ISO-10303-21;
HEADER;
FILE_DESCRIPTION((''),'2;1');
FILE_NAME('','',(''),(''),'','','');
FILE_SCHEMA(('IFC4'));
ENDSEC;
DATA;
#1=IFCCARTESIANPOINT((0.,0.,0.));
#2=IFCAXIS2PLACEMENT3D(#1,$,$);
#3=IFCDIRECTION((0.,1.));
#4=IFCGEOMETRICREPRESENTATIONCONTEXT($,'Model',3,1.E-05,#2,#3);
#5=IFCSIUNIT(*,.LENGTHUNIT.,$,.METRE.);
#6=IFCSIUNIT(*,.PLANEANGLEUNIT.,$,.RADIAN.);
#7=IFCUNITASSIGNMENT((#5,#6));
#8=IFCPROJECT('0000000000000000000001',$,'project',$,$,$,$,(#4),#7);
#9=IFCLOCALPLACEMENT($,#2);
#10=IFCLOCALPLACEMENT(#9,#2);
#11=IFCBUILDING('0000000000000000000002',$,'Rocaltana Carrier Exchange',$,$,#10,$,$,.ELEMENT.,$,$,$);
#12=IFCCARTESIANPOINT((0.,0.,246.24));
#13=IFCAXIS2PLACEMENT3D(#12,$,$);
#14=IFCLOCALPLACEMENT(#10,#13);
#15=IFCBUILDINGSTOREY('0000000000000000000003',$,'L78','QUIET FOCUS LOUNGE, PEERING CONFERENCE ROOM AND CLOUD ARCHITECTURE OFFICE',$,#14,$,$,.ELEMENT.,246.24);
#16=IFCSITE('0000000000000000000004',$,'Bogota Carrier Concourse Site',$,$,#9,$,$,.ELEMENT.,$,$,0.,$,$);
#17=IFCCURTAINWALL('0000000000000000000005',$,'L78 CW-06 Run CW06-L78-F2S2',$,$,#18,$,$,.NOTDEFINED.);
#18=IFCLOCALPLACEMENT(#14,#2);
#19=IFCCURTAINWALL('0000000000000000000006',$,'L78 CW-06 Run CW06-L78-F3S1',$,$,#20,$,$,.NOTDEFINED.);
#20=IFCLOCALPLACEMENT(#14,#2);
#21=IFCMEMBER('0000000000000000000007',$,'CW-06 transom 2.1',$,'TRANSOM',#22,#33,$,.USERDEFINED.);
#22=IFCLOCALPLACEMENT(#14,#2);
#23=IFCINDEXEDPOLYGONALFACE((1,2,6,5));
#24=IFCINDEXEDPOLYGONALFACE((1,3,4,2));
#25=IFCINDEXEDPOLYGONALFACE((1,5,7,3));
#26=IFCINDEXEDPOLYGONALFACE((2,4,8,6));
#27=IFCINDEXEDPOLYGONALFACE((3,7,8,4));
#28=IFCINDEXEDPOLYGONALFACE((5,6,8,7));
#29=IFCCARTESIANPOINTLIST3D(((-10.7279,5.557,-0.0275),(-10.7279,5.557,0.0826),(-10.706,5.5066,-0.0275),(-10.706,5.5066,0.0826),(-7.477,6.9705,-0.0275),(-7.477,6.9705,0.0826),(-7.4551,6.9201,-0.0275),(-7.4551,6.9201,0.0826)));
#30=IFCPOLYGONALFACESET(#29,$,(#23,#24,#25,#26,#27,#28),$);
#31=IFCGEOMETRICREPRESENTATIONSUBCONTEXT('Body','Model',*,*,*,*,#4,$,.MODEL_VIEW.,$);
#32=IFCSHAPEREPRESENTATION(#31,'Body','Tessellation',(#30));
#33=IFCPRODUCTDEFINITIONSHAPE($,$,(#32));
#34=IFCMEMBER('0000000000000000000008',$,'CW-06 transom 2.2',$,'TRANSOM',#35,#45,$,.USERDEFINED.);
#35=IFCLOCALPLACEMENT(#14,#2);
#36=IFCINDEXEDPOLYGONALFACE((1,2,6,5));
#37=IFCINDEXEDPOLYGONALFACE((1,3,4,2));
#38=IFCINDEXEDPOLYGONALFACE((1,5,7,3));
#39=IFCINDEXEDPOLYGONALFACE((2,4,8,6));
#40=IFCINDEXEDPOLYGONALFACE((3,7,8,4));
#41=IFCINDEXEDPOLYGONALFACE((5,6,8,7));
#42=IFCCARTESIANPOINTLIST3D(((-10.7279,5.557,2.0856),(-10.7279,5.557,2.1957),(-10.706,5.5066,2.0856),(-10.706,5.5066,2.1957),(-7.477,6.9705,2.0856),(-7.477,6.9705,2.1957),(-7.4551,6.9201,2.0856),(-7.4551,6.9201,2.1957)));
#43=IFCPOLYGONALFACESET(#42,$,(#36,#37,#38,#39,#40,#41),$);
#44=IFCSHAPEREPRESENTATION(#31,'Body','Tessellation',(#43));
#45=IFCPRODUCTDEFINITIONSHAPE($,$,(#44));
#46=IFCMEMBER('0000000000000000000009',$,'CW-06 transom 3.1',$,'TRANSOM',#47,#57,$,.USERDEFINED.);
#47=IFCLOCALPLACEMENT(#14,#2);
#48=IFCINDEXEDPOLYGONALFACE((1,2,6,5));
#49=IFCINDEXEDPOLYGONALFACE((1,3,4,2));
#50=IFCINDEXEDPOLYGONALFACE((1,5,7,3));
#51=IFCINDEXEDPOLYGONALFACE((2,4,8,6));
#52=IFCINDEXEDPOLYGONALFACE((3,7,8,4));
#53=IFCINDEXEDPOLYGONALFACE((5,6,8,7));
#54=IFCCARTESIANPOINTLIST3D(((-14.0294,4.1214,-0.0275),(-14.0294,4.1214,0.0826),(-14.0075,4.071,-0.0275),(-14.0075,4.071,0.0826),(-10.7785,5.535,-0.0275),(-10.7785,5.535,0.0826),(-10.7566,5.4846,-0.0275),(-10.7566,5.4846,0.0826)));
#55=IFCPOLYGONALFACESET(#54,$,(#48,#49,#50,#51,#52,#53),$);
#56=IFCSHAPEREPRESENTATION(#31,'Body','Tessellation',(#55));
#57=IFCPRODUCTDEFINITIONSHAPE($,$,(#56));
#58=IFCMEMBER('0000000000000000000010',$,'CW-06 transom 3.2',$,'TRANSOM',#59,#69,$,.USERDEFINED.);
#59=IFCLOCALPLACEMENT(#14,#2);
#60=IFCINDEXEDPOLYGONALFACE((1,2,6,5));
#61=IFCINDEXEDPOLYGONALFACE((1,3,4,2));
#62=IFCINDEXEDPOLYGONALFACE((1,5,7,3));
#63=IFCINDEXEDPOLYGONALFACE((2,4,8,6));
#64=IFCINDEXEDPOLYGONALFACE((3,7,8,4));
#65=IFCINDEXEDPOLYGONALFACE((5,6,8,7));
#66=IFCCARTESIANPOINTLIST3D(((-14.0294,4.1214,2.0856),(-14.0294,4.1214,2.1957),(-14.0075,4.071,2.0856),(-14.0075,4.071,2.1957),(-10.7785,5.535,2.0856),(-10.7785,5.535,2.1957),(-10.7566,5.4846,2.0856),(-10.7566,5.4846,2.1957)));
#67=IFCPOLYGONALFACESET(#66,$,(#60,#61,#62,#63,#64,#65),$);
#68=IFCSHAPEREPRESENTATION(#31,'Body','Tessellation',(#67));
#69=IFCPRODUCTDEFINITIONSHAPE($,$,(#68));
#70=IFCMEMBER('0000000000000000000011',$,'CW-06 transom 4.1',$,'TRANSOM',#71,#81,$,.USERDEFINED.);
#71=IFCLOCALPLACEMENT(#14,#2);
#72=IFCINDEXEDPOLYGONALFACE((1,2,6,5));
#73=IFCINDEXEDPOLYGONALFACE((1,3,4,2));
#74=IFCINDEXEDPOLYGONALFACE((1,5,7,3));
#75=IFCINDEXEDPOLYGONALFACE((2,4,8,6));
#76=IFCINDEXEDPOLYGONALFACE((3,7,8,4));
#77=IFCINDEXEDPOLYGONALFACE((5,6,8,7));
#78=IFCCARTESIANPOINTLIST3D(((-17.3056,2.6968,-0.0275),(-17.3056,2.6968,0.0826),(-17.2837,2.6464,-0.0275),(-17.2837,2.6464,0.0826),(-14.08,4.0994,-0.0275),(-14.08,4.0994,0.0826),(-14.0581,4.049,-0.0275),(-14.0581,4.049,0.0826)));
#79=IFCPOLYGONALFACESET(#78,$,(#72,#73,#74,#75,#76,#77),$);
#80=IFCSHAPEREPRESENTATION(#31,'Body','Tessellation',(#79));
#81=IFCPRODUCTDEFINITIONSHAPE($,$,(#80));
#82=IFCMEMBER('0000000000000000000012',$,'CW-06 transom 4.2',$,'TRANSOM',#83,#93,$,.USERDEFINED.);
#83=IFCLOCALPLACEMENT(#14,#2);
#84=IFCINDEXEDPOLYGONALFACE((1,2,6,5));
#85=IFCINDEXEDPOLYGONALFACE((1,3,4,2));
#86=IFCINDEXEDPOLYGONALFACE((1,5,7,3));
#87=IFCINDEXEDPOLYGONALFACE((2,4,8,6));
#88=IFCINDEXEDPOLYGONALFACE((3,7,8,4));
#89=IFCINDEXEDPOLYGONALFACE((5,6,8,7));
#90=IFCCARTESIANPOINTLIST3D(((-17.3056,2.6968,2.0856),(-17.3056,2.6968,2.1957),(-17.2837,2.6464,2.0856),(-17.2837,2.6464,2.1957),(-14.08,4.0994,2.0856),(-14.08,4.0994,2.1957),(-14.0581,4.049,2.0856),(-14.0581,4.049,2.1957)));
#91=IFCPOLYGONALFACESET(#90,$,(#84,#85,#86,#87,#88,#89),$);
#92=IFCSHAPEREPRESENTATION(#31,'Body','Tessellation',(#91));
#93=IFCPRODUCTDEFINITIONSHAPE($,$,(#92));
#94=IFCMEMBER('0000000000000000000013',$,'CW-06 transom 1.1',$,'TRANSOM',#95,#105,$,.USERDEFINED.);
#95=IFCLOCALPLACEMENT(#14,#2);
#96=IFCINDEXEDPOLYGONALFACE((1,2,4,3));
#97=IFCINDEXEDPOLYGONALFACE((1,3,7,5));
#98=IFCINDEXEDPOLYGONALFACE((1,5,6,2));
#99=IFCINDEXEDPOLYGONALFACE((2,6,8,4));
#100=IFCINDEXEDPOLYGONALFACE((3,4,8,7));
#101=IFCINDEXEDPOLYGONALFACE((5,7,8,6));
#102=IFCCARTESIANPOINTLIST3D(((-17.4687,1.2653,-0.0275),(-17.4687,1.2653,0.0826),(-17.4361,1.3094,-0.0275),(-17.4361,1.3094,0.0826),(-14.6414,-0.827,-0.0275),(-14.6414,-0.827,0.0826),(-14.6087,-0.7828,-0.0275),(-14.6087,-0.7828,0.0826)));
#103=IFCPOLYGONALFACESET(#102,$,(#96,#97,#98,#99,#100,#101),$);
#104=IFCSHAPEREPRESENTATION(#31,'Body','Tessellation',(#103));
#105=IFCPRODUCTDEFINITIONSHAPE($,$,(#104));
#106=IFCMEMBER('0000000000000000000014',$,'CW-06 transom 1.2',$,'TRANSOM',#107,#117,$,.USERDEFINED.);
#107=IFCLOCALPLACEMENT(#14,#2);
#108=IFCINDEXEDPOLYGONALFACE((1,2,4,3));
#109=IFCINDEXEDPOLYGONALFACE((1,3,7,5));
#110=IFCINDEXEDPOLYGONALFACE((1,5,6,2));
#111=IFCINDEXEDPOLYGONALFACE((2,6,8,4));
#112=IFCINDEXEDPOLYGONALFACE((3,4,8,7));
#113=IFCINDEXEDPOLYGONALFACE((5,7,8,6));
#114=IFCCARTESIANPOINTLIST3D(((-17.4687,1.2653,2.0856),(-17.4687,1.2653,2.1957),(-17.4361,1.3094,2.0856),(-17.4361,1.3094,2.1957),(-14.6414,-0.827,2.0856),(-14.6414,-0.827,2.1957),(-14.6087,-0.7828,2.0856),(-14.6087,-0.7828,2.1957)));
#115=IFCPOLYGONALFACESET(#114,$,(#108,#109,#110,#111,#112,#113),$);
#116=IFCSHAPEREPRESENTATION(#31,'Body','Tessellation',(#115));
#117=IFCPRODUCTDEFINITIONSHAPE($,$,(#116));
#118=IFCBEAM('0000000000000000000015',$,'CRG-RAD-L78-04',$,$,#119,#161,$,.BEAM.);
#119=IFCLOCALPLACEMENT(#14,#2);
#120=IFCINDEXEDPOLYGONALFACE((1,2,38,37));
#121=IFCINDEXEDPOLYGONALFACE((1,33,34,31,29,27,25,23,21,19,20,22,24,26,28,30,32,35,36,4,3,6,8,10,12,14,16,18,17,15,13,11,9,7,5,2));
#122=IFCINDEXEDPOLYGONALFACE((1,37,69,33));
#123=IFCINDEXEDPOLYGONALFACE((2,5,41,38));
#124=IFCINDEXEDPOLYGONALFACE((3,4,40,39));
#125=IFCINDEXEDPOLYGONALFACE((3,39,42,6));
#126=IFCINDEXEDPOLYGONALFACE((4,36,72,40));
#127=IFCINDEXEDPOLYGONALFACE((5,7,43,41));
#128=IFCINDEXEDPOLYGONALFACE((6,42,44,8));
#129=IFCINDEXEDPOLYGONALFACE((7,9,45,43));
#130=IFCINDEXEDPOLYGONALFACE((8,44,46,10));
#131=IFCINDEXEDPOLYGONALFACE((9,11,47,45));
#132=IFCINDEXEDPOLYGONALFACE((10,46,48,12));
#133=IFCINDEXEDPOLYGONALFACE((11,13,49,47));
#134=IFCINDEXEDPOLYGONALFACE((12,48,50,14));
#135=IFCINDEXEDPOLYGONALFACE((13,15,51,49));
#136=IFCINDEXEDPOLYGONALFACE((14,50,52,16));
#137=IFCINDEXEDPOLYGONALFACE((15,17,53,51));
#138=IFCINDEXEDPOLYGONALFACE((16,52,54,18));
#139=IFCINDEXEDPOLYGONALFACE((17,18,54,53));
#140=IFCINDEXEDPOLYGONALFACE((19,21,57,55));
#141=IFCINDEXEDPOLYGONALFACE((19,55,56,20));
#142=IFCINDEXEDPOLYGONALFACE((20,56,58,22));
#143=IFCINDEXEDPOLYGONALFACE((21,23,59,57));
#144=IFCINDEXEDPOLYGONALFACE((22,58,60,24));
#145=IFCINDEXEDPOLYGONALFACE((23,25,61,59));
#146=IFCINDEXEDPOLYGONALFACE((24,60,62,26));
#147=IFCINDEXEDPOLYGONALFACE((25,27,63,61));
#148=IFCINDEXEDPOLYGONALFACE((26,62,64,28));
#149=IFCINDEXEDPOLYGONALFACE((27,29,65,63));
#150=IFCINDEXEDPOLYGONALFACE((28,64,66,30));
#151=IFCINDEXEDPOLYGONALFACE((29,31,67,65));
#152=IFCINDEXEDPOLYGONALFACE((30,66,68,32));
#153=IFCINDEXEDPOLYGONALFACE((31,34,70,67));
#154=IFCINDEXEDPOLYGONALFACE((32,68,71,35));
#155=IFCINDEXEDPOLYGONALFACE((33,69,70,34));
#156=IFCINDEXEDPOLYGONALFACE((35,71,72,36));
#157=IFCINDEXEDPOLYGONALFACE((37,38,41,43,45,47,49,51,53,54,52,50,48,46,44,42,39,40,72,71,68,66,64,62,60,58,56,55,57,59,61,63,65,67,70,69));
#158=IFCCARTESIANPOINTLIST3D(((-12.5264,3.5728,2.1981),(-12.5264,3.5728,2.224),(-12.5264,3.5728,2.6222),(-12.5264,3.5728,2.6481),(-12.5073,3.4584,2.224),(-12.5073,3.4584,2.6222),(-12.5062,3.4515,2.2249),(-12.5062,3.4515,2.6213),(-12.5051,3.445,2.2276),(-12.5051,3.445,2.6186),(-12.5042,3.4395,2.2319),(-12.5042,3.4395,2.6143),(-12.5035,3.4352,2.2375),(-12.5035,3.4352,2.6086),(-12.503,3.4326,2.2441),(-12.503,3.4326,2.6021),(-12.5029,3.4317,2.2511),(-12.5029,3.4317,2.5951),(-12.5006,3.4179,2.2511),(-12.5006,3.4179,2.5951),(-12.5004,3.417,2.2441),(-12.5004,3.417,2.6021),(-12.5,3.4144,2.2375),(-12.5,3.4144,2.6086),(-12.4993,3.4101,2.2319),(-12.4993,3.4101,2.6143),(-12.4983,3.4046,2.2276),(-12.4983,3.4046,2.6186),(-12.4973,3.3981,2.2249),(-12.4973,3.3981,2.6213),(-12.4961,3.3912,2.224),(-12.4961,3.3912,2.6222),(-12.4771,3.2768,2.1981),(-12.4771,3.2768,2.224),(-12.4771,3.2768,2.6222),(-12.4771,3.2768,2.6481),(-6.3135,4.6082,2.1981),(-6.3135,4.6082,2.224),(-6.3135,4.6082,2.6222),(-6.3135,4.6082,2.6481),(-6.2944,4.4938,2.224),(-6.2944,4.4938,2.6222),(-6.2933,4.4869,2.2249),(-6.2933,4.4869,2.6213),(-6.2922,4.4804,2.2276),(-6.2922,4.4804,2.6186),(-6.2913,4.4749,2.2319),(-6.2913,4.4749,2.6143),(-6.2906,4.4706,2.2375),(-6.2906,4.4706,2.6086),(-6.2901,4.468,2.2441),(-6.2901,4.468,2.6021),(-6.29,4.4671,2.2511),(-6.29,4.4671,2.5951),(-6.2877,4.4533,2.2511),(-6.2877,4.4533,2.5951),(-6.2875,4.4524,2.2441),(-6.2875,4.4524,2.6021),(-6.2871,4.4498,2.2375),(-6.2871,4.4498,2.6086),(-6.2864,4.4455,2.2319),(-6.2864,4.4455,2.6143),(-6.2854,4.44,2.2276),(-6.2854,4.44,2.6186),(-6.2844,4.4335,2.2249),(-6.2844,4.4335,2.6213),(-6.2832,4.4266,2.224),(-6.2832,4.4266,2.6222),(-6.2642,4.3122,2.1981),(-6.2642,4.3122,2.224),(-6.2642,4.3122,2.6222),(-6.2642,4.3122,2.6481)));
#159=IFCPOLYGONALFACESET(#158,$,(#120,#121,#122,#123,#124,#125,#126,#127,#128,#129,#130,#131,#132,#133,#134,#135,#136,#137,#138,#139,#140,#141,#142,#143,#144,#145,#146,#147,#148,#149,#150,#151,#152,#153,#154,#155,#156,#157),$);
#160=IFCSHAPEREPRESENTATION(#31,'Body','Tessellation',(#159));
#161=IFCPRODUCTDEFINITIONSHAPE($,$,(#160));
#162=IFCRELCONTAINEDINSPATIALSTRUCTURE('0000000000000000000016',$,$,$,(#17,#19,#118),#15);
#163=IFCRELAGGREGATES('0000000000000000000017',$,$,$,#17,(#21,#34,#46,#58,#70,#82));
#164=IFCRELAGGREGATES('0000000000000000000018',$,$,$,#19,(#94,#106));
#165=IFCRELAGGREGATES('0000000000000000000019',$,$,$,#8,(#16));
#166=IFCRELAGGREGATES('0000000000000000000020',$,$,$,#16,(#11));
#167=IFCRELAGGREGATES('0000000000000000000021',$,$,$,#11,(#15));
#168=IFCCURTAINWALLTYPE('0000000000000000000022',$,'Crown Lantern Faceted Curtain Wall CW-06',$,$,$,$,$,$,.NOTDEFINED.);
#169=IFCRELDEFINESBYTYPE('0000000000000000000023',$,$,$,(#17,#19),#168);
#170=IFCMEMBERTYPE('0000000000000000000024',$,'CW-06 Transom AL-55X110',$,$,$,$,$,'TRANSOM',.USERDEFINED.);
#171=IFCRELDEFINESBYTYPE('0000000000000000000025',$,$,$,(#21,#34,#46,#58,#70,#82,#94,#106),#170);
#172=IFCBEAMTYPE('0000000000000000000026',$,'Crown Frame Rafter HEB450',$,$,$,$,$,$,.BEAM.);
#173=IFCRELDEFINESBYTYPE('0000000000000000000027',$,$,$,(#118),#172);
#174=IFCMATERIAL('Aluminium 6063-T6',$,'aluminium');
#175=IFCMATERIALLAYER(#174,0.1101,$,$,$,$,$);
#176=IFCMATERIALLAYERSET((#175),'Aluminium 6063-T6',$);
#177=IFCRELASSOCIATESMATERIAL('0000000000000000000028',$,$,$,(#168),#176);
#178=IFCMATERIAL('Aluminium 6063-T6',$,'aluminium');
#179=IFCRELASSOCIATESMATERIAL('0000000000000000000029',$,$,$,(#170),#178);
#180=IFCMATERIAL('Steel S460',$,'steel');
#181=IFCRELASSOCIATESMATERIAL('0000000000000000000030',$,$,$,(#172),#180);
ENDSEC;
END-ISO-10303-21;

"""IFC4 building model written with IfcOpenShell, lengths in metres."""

from ifc_helpers import new_model, si_unit, direction, frame, origin, origin_2d, place, context, subcontext, project, spatial, rectangle, i_section, extrude, material, layer, layer_set, material_profile, profile_set, type_object, element, aggregate, save


model = new_model("IFC4")

# Units and contexts
model_context = context("Model", 3, precision=1e-05, world=origin(), true_north=direction((0.0, 1.0)))
body_context = subcontext(model_context, "Body", "Model", "MODEL_VIEW")
ifc_project = project(units=[si_unit("LENGTHUNIT", "METRE"), si_unit("PLANEANGLEUNIT", "RADIAN")], contexts=[model_context])

# Site, building, storey
site_placement = place(None, origin())
site = spatial("IfcSite", under=ifc_project, at=site_placement, Name="Bogota Carrier Concourse Site", CompositionType="ELEMENT", RefElevation=0.0)
building_placement = place(site_placement, origin())
building = spatial("IfcBuilding", under=site, at=building_placement, Name="Rocaltana Carrier Exchange", CompositionType="ELEMENT")
storey_placement = place(building_placement, frame((0.0, 0.0, 246.24)))
storey = spatial("IfcBuildingStorey", under=building, at=storey_placement, Name="L78", Description="QUIET FOCUS LOUNGE, PEERING CONFERENCE ROOM AND CLOUD ARCHITECTURE OFFICE", CompositionType="ELEMENT", Elevation=246.24)

# Curtain wall
ifc_material_1 = material(Name="Aluminium 6063-T6", Category="aluminium")
ifc_layer_1 = layer(ifc_material_1, 0.1101)
ifc_layer_set_1 = layer_set([ifc_layer_1], Name="Aluminium 6063-T6")
curtain_wall_type = type_object("IfcCurtainWallType", Name="Crown Lantern Faceted Curtain Wall CW-06", PredefinedType="NOTDEFINED", material=ifc_layer_set_1)
curtain_wall_1_placement = place(storey_placement, origin())
curtain_wall_1 = element("IfcCurtainWall", 1, at=curtain_wall_1_placement, inside=storey, type_object=curtain_wall_type, Name="L78 CW-06 Run CW06-L78-F2S2", PredefinedType="NOTDEFINED")

# Curtain wall
curtain_wall_2_placement = place(storey_placement, origin())
curtain_wall_2 = element("IfcCurtainWall", 2, at=curtain_wall_2_placement, inside=storey, type_object=curtain_wall_type, Name="L78 CW-06 Run CW06-L78-F3S1", PredefinedType="NOTDEFINED")

# Members
ifc_material_2 = material(Name="Aluminium 6063-T6", Category="aluminium")
ifc_material_profile_1 = material_profile(ifc_material_2, rectangle(XDim=0.0549, YDim=0.1101, at=origin_2d()), Name="AL-55X110")
ifc_profile_set_1 = profile_set([ifc_material_profile_1], Name="Aluminium 6063-T6")
member_type_1 = type_object("IfcMemberType", Name="CW-06 Transom AL-55X110", ElementType="TRANSOM", PredefinedType="USERDEFINED", material=ifc_profile_set_1)
member_1_placement = place(storey_placement, frame((-7.4661, 6.9453, 0.0276), z_axis=(-0.917059, -0.398751, 0.0), x_axis=(0.398751, -0.917059, 0.0)))
member_1 = element("IfcMember", 3, at=member_1_placement, type_object=member_type_1, Name="CW-06 transom 2.1", ObjectType="TRANSOM", PredefinedType="USERDEFINED", context=body_context, shape_type="SweptSolid", body=[
    extrude(rectangle(XDim=0.0549, YDim=0.1101, at=origin_2d()), origin(), (0.0, 0.0, 1.0), 3.5449),
])
member_2_placement = place(storey_placement, frame((-7.4661, 6.9453, 2.1406), z_axis=(-0.917059, -0.398751, 0.0), x_axis=(0.398751, -0.917059, 0.0)))
member_2 = element("IfcMember", 4, at=member_2_placement, type_object=member_type_1, Name="CW-06 transom 2.2", ObjectType="TRANSOM", PredefinedType="USERDEFINED", context=body_context, shape_type="SweptSolid", body=[
    extrude(rectangle(XDim=0.0549, YDim=0.1101, at=origin_2d()), origin(), (0.0, 0.0, 1.0), 3.5449),
])
member_3_placement = place(storey_placement, frame((-10.7676, 5.5098, 0.0276), z_axis=(-0.917059, -0.398751, 0.0), x_axis=(0.398751, -0.917059, 0.0)))
member_3 = element("IfcMember", 5, at=member_3_placement, type_object=member_type_1, Name="CW-06 transom 3.1", ObjectType="TRANSOM", PredefinedType="USERDEFINED", context=body_context, shape_type="SweptSolid", body=[
    extrude(rectangle(XDim=0.0549, YDim=0.1101, at=origin_2d()), origin(), (0.0, 0.0, 1.0), 3.5449),
])
member_4_placement = place(storey_placement, frame((-10.7676, 5.5098, 2.1406), z_axis=(-0.917059, -0.398751, 0.0), x_axis=(0.398751, -0.917059, 0.0)))
member_4 = element("IfcMember", 6, at=member_4_placement, type_object=member_type_1, Name="CW-06 transom 3.2", ObjectType="TRANSOM", PredefinedType="USERDEFINED", context=body_context, shape_type="SweptSolid", body=[
    extrude(rectangle(XDim=0.0549, YDim=0.1101, at=origin_2d()), origin(), (0.0, 0.0, 1.0), 3.5449),
])
member_5_placement = place(storey_placement, frame((-14.0691, 4.0742, 0.0276), z_axis=(-0.917054, -0.398764, 0.0), x_axis=(0.398764, -0.917054, 0.0)))
member_5 = element("IfcMember", 7, at=member_5_placement, type_object=member_type_1, Name="CW-06 transom 4.1", ObjectType="TRANSOM", PredefinedType="USERDEFINED", context=body_context, shape_type="SweptSolid", body=[
    extrude(rectangle(XDim=0.0549, YDim=0.1101, at=origin_2d()), origin(), (0.0, 0.0, 1.0), 3.5173),
])
member_6_placement = place(storey_placement, frame((-14.0691, 4.0742, 2.1406), z_axis=(-0.917054, -0.398764, 0.0), x_axis=(0.398764, -0.917054, 0.0)))
member_6 = element("IfcMember", 8, at=member_6_placement, type_object=member_type_1, Name="CW-06 transom 4.2", ObjectType="TRANSOM", PredefinedType="USERDEFINED", context=body_context, shape_type="SweptSolid", body=[
    extrude(rectangle(XDim=0.0549, YDim=0.1101, at=origin_2d()), origin(), (0.0, 0.0, 1.0), 3.5173),
])
member_7_placement = place(storey_placement, frame((-17.4524, 1.2874, 0.0276), z_axis=(0.80384, -0.594846, 0.0), x_axis=(0.594846, 0.80384, 0.0)))
member_7 = element("IfcMember", 9, at=member_7_placement, type_object=member_type_1, Name="CW-06 transom 1.1", ObjectType="TRANSOM", PredefinedType="USERDEFINED", context=body_context, shape_type="SweptSolid", body=[
    extrude(rectangle(XDim=0.0549, YDim=0.1101, at=origin_2d()), origin(), (0.0, 0.0, 1.0), 3.5173),
])
member_8_placement = place(storey_placement, frame((-17.4524, 1.2874, 2.1406), z_axis=(0.80384, -0.594846, 0.0), x_axis=(0.594846, 0.80384, 0.0)))
member_8 = element("IfcMember", 10, at=member_8_placement, type_object=member_type_1, Name="CW-06 transom 1.2", ObjectType="TRANSOM", PredefinedType="USERDEFINED", context=body_context, shape_type="SweptSolid", body=[
    extrude(rectangle(XDim=0.0549, YDim=0.1101, at=origin_2d()), origin(), (0.0, 0.0, 1.0), 3.5173),
])

# Beam
ifc_material_3 = material(Name="Steel S460", Category="steel")
ifc_material_profile_2 = material_profile(ifc_material_3, i_section(OverallWidth=0.3, OverallDepth=0.45, WebThickness=0.0139, FlangeThickness=0.0259, FilletRadius=0.0271, at=origin_2d()), Name="HEB450")
ifc_profile_set_2 = profile_set([ifc_material_profile_2], Name="Steel S460")
beam_type_1 = type_object("IfcBeamType", Name="Crown Frame Rafter HEB450", PredefinedType="BEAM", material=ifc_profile_set_2)
beam_1_placement = place(storey_placement, frame((-6.2888, 4.4602, 2.4231), z_axis=(-0.986396, -0.164386, 0.0), x_axis=(0.164386, -0.986396, 0.0)))
element("IfcBeam", 11, at=beam_1_placement, inside=storey, type_object=beam_type_1, Name="CRG-RAD-L78-04", PredefinedType="BEAM", context=body_context, shape_type="SweptSolid", body=[
    extrude(i_section(OverallWidth=0.3, OverallDepth=0.45, WebThickness=0.0139, FlangeThickness=0.0259, FilletRadius=0.0271, at=origin_2d()), origin(), (0.0, 0.0, 1.0), 6.2986),
])

aggregate(curtain_wall_1, [member_1, member_2, member_3, member_4, member_5, member_6])
aggregate(curtain_wall_2, [member_7, member_8])

save(model, "model.ifc")
